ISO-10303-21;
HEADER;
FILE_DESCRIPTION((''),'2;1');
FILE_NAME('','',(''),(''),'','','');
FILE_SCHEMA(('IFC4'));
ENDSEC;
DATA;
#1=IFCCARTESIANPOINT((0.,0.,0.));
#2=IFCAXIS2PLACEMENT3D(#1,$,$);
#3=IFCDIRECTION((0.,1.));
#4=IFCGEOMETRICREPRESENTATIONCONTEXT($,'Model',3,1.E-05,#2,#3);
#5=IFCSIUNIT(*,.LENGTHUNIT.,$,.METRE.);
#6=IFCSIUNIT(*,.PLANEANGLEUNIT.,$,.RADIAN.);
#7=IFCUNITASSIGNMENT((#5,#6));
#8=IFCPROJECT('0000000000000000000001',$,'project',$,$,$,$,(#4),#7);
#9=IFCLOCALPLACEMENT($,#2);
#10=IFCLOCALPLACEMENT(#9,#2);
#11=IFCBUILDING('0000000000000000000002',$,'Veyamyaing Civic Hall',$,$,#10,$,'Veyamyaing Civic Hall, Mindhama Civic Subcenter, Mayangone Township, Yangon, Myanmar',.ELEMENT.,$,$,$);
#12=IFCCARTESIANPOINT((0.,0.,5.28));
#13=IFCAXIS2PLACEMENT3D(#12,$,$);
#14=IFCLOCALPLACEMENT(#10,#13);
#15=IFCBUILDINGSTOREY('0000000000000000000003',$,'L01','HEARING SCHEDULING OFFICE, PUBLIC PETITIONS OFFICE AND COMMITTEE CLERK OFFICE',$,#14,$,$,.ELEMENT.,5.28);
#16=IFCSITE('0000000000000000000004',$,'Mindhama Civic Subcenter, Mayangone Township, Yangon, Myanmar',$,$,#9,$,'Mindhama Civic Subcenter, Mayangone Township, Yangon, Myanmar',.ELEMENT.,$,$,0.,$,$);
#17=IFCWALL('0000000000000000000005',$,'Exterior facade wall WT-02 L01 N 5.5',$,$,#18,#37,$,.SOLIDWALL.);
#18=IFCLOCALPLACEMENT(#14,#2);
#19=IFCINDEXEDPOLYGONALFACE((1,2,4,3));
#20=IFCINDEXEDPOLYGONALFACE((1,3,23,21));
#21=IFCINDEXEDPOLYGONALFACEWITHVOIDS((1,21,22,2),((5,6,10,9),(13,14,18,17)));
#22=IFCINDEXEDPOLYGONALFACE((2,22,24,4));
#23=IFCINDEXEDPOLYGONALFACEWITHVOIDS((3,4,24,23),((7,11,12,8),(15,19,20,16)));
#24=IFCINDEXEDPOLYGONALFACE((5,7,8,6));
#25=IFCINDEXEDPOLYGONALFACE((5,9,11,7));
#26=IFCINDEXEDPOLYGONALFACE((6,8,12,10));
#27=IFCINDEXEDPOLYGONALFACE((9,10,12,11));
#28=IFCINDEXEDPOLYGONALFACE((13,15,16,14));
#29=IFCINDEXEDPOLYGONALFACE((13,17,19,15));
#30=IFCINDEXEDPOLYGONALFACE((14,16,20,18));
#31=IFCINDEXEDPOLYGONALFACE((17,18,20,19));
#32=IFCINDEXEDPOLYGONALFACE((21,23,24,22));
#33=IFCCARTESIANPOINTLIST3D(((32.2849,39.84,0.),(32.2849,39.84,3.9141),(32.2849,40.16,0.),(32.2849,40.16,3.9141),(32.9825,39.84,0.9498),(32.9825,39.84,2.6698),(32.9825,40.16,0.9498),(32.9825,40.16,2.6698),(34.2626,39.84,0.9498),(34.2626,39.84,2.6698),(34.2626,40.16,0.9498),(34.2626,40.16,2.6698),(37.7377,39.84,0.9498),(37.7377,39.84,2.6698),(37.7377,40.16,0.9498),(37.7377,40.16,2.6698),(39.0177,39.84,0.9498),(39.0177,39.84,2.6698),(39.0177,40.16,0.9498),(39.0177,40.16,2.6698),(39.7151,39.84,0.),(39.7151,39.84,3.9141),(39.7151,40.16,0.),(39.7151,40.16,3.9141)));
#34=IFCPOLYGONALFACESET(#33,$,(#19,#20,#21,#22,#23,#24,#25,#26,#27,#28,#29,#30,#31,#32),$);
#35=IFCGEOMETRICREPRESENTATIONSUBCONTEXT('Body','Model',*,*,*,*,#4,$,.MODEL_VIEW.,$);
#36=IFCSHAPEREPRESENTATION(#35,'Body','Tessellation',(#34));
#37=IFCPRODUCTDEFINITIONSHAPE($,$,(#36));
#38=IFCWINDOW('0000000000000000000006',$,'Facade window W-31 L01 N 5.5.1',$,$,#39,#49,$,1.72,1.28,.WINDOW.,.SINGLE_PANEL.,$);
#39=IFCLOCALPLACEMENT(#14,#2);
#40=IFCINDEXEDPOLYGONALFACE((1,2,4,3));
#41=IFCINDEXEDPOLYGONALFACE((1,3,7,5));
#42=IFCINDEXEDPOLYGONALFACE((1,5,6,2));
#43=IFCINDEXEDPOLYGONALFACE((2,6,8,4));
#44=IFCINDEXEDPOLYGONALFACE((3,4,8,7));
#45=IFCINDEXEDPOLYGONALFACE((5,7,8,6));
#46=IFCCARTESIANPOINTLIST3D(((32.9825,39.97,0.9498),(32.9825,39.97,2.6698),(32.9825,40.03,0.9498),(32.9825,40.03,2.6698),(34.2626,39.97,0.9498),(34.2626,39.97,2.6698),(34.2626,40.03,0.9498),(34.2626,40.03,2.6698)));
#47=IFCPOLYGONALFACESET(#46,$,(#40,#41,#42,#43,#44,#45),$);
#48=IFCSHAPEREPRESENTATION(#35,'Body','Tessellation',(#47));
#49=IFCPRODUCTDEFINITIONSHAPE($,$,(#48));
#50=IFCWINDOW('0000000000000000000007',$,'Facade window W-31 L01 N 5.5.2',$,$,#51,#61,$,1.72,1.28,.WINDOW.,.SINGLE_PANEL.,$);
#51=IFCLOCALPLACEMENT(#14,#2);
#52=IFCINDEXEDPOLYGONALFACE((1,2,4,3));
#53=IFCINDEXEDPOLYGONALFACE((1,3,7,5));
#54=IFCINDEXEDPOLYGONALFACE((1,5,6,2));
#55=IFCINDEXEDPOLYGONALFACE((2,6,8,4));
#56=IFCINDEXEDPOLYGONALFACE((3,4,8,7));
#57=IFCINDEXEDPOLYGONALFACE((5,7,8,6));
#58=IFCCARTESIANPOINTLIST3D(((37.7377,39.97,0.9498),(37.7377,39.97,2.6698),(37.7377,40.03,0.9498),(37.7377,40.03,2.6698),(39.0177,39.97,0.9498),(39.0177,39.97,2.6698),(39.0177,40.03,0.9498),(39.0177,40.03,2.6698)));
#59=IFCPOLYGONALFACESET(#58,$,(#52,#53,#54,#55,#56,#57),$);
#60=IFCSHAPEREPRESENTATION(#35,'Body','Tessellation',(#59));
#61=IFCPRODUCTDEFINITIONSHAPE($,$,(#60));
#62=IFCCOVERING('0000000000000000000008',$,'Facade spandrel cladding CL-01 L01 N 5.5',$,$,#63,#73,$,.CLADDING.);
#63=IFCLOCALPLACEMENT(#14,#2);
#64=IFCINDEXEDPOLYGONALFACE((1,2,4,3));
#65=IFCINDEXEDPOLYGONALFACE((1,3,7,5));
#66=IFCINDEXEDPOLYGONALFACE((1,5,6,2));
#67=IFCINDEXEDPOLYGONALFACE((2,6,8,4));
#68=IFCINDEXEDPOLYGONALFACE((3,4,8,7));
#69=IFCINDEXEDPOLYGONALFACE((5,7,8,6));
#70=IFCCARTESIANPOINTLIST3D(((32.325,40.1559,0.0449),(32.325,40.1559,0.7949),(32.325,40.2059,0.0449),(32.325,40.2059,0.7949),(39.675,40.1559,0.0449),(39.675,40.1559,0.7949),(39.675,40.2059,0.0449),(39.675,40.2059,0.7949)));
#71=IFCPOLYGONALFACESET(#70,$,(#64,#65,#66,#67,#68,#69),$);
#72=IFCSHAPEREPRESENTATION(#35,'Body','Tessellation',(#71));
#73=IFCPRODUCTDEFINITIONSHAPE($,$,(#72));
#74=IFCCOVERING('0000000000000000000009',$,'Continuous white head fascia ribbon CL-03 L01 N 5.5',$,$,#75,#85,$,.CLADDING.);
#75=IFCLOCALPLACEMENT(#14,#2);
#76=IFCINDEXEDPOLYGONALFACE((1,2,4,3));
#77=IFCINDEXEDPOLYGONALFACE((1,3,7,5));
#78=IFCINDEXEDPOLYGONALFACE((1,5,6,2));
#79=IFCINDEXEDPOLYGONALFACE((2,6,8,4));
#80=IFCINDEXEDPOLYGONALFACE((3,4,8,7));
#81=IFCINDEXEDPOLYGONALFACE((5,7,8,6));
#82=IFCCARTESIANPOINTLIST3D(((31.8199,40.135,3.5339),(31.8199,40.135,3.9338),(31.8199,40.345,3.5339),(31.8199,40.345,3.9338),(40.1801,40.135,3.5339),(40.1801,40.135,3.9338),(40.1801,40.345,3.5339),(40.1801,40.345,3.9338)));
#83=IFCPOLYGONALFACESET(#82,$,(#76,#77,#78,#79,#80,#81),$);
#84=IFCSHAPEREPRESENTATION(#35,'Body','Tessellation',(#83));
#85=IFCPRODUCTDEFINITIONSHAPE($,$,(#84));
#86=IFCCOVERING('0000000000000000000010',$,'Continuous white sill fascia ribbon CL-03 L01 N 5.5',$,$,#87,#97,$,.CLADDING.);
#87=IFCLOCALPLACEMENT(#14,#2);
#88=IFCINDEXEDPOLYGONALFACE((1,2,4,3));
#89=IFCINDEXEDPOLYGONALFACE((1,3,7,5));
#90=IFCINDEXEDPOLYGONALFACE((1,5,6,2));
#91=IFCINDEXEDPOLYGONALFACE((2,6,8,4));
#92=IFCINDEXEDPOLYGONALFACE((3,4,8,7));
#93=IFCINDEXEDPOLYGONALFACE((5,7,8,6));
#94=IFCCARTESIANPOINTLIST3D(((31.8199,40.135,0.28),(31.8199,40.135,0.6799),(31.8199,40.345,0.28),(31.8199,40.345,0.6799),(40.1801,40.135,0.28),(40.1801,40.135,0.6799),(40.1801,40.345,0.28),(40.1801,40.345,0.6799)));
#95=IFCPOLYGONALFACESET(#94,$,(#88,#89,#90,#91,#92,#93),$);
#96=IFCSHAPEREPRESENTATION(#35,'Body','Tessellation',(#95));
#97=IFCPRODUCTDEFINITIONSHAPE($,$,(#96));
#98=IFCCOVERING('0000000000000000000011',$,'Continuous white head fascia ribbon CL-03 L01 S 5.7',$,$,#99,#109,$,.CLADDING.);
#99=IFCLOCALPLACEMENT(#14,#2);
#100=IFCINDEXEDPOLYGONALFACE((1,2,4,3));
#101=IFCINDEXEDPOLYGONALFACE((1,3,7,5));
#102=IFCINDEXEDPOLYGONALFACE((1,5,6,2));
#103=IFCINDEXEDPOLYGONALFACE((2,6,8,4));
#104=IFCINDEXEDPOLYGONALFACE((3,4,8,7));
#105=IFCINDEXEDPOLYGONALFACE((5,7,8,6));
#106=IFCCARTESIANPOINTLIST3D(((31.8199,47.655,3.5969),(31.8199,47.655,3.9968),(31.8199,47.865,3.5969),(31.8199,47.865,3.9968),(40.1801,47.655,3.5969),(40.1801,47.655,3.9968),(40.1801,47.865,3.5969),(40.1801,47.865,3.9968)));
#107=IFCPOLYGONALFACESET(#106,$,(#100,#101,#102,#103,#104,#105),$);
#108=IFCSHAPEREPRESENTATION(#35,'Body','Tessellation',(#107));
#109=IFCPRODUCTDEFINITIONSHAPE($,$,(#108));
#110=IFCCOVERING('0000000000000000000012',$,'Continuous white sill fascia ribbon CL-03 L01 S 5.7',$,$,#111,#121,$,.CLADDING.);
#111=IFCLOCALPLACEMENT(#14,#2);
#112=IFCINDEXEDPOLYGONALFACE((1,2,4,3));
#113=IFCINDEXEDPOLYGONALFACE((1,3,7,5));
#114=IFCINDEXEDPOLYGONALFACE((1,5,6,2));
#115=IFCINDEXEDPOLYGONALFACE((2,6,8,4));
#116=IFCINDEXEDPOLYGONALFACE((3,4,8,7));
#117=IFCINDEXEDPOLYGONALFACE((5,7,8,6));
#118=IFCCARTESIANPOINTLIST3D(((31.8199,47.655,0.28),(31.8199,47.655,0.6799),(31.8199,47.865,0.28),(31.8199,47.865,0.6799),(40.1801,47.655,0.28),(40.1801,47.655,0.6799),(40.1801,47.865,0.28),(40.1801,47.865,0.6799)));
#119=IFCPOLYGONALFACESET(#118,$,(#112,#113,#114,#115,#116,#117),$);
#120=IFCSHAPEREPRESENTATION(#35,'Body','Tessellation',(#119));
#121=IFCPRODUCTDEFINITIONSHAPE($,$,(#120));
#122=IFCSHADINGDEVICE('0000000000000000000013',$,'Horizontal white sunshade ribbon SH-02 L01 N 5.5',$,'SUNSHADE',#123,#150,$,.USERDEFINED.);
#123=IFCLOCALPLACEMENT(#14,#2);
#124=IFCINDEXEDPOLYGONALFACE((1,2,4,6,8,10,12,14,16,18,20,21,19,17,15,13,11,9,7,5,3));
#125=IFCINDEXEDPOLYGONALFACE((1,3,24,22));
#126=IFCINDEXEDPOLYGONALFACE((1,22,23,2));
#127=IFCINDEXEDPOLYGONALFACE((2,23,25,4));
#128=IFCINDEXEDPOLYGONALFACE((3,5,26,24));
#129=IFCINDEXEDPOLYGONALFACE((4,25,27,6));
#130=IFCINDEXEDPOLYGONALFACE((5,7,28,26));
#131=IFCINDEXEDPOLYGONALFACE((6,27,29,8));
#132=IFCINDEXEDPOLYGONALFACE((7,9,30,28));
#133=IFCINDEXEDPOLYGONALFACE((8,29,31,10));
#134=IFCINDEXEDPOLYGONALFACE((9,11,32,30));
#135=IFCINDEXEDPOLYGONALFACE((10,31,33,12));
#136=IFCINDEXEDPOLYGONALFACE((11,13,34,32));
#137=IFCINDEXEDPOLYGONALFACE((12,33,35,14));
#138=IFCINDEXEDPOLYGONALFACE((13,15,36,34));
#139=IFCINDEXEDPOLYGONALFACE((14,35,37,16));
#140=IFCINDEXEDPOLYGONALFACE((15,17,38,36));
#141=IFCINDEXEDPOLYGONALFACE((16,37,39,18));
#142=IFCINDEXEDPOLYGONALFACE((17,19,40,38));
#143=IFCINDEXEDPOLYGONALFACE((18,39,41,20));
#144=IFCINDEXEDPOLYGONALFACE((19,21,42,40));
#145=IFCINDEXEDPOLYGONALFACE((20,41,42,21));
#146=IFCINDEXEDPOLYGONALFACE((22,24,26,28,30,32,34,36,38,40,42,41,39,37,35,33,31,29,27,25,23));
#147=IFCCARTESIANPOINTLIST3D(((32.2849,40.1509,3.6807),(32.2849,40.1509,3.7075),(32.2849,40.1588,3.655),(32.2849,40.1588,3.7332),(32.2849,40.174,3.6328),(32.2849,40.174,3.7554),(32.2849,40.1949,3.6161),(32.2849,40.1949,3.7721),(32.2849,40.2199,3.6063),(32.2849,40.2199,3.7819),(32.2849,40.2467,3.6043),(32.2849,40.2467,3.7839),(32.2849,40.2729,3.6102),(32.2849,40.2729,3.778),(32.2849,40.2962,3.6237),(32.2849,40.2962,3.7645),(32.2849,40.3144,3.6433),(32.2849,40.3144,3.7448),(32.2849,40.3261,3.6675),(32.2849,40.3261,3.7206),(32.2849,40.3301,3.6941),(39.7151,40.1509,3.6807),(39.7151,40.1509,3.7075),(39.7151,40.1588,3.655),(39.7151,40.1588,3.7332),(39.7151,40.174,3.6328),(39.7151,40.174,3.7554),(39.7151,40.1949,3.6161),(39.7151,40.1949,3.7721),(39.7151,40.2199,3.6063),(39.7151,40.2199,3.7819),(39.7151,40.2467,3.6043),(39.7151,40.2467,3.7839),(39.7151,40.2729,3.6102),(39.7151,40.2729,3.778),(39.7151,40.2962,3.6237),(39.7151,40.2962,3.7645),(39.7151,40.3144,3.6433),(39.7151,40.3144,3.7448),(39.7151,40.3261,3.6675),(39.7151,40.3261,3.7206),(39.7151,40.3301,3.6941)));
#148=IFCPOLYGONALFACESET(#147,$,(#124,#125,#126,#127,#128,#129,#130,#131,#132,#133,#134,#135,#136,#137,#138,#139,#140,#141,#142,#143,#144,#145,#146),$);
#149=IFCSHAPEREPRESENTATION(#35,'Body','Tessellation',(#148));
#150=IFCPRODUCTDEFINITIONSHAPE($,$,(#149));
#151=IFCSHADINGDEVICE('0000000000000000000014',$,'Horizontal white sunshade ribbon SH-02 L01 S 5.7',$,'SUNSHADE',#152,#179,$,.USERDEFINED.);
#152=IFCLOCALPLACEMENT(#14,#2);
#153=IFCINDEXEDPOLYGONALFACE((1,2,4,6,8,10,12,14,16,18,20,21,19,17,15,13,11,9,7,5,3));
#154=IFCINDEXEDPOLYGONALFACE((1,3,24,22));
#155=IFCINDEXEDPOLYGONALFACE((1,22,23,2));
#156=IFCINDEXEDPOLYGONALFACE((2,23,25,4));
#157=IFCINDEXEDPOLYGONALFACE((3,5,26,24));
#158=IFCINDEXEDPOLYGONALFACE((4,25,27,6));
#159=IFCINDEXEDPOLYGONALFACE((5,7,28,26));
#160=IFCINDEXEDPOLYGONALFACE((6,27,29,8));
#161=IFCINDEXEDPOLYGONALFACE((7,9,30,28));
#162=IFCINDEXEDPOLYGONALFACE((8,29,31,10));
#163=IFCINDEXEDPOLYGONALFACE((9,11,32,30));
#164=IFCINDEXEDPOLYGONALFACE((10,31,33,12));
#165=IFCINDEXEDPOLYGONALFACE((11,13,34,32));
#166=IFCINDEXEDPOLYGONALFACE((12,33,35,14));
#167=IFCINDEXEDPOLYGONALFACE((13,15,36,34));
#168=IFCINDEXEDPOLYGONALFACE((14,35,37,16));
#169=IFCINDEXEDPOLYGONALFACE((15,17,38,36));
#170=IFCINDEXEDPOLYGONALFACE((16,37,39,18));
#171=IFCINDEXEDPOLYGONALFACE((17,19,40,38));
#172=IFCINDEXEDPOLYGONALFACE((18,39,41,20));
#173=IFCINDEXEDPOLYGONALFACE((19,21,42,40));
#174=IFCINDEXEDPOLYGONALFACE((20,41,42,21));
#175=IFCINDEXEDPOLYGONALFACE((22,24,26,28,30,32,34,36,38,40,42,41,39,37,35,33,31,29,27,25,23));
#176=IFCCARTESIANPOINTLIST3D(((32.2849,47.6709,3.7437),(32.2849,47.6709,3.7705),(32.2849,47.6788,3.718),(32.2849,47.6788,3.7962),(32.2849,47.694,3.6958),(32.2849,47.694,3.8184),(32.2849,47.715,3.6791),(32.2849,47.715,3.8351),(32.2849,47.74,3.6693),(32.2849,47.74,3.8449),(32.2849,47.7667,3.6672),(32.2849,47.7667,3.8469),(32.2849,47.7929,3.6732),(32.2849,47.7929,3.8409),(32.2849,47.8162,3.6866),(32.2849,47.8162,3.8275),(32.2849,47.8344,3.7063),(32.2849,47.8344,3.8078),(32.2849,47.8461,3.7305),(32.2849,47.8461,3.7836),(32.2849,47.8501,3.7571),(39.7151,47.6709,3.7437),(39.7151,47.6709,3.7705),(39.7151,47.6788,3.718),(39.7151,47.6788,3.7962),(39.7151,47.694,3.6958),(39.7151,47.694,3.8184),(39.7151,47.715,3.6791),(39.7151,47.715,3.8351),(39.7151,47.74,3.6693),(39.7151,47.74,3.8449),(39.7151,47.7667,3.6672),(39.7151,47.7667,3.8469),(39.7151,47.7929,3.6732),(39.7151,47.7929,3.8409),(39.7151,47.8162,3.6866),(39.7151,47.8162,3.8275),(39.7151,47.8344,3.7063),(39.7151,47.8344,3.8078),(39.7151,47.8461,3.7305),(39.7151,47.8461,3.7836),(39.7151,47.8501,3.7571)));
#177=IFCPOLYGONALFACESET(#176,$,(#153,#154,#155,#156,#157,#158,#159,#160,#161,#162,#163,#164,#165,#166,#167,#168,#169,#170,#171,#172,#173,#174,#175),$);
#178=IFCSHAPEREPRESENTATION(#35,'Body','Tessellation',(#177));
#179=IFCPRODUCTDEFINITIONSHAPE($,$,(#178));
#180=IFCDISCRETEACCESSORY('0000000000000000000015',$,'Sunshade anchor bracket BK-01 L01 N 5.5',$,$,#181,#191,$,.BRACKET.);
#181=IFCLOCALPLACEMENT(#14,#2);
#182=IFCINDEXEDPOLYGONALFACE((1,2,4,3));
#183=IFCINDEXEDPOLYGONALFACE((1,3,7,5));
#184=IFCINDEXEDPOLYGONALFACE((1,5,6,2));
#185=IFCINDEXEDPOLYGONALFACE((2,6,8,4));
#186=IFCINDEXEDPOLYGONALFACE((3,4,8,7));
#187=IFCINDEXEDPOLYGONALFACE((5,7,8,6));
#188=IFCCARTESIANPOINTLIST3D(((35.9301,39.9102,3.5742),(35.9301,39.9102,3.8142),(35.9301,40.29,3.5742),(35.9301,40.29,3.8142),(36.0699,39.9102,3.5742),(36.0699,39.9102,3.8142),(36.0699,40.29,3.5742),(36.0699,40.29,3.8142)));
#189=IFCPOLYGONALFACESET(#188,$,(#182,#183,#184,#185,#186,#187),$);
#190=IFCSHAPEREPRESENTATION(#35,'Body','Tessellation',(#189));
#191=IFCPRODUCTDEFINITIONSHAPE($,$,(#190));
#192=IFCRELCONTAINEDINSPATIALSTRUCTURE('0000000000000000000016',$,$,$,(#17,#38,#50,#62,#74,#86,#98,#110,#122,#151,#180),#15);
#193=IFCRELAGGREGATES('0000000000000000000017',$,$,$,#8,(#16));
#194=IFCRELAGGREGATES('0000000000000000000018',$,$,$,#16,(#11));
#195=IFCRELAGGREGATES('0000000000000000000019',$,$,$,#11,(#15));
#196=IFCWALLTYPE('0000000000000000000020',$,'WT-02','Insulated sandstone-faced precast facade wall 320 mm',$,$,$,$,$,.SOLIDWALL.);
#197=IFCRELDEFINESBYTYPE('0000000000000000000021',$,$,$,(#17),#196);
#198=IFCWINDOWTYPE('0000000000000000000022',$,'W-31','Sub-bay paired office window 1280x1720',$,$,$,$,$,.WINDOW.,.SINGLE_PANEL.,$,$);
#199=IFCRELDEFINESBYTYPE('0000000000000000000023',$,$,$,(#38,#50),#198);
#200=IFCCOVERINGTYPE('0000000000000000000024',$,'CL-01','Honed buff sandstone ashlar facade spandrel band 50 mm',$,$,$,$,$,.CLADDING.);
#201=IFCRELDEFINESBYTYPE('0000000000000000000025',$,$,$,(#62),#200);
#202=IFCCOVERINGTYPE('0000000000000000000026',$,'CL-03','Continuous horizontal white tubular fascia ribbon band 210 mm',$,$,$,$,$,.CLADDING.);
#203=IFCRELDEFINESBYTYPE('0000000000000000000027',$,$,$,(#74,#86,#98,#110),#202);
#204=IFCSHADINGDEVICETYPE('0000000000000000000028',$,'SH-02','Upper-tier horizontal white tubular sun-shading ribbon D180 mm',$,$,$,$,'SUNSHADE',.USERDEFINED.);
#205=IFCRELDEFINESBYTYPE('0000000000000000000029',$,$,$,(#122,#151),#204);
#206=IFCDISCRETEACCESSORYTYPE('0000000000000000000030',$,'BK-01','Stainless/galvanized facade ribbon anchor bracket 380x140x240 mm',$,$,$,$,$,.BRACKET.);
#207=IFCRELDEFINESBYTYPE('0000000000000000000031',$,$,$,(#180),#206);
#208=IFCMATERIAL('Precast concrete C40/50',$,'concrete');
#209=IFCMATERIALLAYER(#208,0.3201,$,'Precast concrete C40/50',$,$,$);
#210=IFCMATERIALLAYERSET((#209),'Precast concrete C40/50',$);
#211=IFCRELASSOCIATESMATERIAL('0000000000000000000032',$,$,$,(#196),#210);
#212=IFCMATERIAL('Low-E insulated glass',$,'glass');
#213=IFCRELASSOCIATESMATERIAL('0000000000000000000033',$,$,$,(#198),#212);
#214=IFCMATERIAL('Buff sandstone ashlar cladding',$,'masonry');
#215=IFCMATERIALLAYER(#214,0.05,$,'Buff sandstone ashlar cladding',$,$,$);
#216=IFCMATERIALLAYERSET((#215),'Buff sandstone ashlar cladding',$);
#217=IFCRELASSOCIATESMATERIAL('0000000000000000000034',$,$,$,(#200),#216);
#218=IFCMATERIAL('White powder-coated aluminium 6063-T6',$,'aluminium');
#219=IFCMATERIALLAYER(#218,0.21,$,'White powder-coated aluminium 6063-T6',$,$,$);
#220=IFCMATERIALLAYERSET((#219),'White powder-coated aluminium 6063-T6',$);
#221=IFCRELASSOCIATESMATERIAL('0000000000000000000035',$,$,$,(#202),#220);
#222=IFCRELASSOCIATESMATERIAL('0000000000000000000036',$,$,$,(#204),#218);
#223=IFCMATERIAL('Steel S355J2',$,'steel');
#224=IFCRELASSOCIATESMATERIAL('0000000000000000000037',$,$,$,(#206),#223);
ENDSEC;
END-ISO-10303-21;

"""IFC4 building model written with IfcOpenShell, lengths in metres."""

from ifc_helpers import new_model, si_unit, direction, frame, frame_2d, origin, origin_2d, place, context, subcontext, project, spatial, rectangle, circle, extrude, material, layer, layer_set, material_profile, profile_set, type_object, element, fill, save


model = new_model("IFC4")

# Units and contexts
model_context = context("Model", 3, precision=1e-05, world=origin(), true_north=direction((0.0, 1.0)))
body_context = subcontext(model_context, "Body", "Model", "MODEL_VIEW")
ifc_project = project(units=[si_unit("LENGTHUNIT", "METRE"), si_unit("PLANEANGLEUNIT", "RADIAN")], contexts=[model_context])

# Site, building, storey
site_placement = place(None, origin())
site = spatial("IfcSite", under=ifc_project, at=site_placement, Name="Mindhama Civic Subcenter, Mayangone Township, Yangon, Myanmar", LongName="Mindhama Civic Subcenter, Mayangone Township, Yangon, Myanmar", CompositionType="ELEMENT", RefElevation=0.0)
building_placement = place(site_placement, origin())
building = spatial("IfcBuilding", under=site, at=building_placement, Name="Veyamyaing Civic Hall", LongName="Veyamyaing Civic Hall, Mindhama Civic Subcenter, Mayangone Township, Yangon, Myanmar", CompositionType="ELEMENT")
storey_placement = place(building_placement, frame((0.0, 0.0, 5.28)))
storey = spatial("IfcBuildingStorey", under=building, at=storey_placement, Name="L01", Description="HEARING SCHEDULING OFFICE, PUBLIC PETITIONS OFFICE AND COMMITTEE CLERK OFFICE", CompositionType="ELEMENT", Elevation=5.28)

# Shared definitions
ifc_material_1 = material(Name="Low-E insulated glass", Category="glass")

# Wall, openings, windows
ifc_material_2 = material(Name="Precast concrete C40/50", Category="concrete")
ifc_layer_1 = layer(ifc_material_2, 0.3201, Name="Precast concrete C40/50")
ifc_layer_set_1 = layer_set([ifc_layer_1], Name="Precast concrete C40/50")
wall_type = type_object("IfcWallType", Name="WT-02", Description="Insulated sandstone-faced precast facade wall 320 mm", PredefinedType="SOLIDWALL", material=ifc_layer_set_1)
wall_placement = place(storey_placement, frame((32.2849, 40.0, 0.0), z_axis=(0.0, 0.0, 1.0), x_axis=(1.0, 0.0, 0.0)))
wall = element("IfcWall", 1, at=wall_placement, inside=storey, type_object=wall_type, Name="Exterior facade wall WT-02 L01 N 5.5", PredefinedType="SOLIDWALL", context=body_context, shape_type="SweptSolid", body=[
    extrude(rectangle(XDim=7.4302, YDim=0.3201, at=frame_2d((3.7151, 0.0))), origin(), (0.0, 0.0, 1.0), 3.9141),
])
opening_1_placement = place(wall_placement, frame((0.6975, 0.0, 0.95)))
opening_1 = element("IfcOpeningElement", 2, at=opening_1_placement, cuts=wall, PredefinedType="OPENING", context=body_context, shape_type="SweptSolid", body=[
    extrude(rectangle(XDim=1.28, YDim=1.72, at=frame_2d((0.6401, 0.8599))), frame((0.0, 0.1699, 0.0), z_axis=(0.0, -1.0, 0.0), x_axis=(1.0, 0.0, 0.0)), (0.0, 0.0, 1.0), 0.3401),
])
opening_2_placement = place(wall_placement, frame((5.4526, 0.0, 0.95)))
opening_2 = element("IfcOpeningElement", 3, at=opening_2_placement, cuts=wall, PredefinedType="OPENING", context=body_context, shape_type="SweptSolid", body=[
    extrude(rectangle(XDim=1.28, YDim=1.72, at=frame_2d((0.6401, 0.8599))), frame((0.0, 0.1699, 0.0), z_axis=(0.0, -1.0, 0.0), x_axis=(1.0, 0.0, 0.0)), (0.0, 0.0, 1.0), 0.3401),
])
window_type = type_object("IfcWindowType", Name="W-31", Description="Sub-bay paired office window 1280x1720", PartitioningType="SINGLE_PANEL", PredefinedType="WINDOW", material=ifc_material_1)
window_1_placement = place(opening_1_placement, origin())
window_1 = element("IfcWindow", 4, at=window_1_placement, inside=storey, type_object=window_type, Name="Facade window W-31 L01 N 5.5.1", OverallHeight=1.72, OverallWidth=1.28, PartitioningType="SINGLE_PANEL", PredefinedType="WINDOW", context=body_context, shape_type="SweptSolid", body=[
    extrude(rectangle(XDim=1.28, YDim=1.72, at=frame_2d((0.6401, 0.8599))), frame((0.0, 0.03, 0.0), z_axis=(0.0, -1.0, 0.0), x_axis=(1.0, 0.0, 0.0)), (0.0, 0.0, 1.0), 0.0601),
])
fill(opening_1, window_1)
window_2_placement = place(opening_2_placement, origin())
window_2 = element("IfcWindow", 5, at=window_2_placement, inside=storey, type_object=window_type, Name="Facade window W-31 L01 N 5.5.2", OverallHeight=1.72, OverallWidth=1.28, PartitioningType="SINGLE_PANEL", PredefinedType="WINDOW", context=body_context, shape_type="SweptSolid", body=[
    extrude(rectangle(XDim=1.28, YDim=1.72, at=frame_2d((0.6401, 0.8599))), frame((0.0, 0.03, 0.0), z_axis=(0.0, -1.0, 0.0), x_axis=(1.0, 0.0, 0.0)), (0.0, 0.0, 1.0), 0.0601),
])
fill(opening_2, window_2)

# Coverings
ifc_material_3 = material(Name="Buff sandstone ashlar cladding", Category="masonry")
ifc_layer_2 = layer(ifc_material_3, 0.05, Name="Buff sandstone ashlar cladding")
ifc_layer_set_2 = layer_set([ifc_layer_2], Name="Buff sandstone ashlar cladding")
covering_type_1 = type_object("IfcCoveringType", Name="CL-01", Description="Honed buff sandstone ashlar facade spandrel band 50 mm", PredefinedType="CLADDING", material=ifc_layer_set_2)
covering_placement = place(storey_placement, frame((36.0, 40.1809, 0.0449), z_axis=(0.0, 0.0, 1.0), x_axis=(1.0, 0.0, 0.0)))
element("IfcCovering", 6, at=covering_placement, inside=storey, type_object=covering_type_1, Name="Facade spandrel cladding CL-01 L01 N 5.5", PredefinedType="CLADDING", context=body_context, shape_type="SweptSolid", body=[
    extrude(rectangle(XDim=7.3501, YDim=0.05, at=origin_2d()), origin(), (0.0, 0.0, 1.0), 0.75),
])
ifc_material_4 = material(Name="White powder-coated aluminium 6063-T6", Category="aluminium")
ifc_layer_3 = layer(ifc_material_4, 0.21, Name="White powder-coated aluminium 6063-T6")
ifc_layer_set_3 = layer_set([ifc_layer_3], Name="White powder-coated aluminium 6063-T6")
covering_type_2 = type_object("IfcCoveringType", Name="CL-03", Description="Continuous horizontal white tubular fascia ribbon band 210 mm", PredefinedType="CLADDING", material=ifc_layer_set_3)
for number, where, z_axis, x_axis, name in (
    (7, (36.0, 40.24, 3.5339), (0.0, 0.0, 1.0), (1.0, 0.0, 0.0), "Continuous white head fascia ribbon CL-03 L01 N 5.5"),
    (8, (36.0, 40.24, 0.28), (0.0, 0.0, 1.0), (1.0, 0.0, 0.0), "Continuous white sill fascia ribbon CL-03 L01 N 5.5"),
    (9, (36.0, 47.76, 3.5969), (0.0, 0.0, 1.0), (1.0, 0.0, 0.0), "Continuous white head fascia ribbon CL-03 L01 S 5.7"),
    (10, (36.0, 47.76, 0.28), (0.0, 0.0, 1.0), (1.0, 0.0, 0.0), "Continuous white sill fascia ribbon CL-03 L01 S 5.7"),
):
    element("IfcCovering", number, at=place(storey_placement, frame(where, z_axis=z_axis, x_axis=x_axis)), inside=storey, type_object=covering_type_2, Name=name, PredefinedType="CLADDING", context=body_context, shape_type="SweptSolid", body=[
        extrude(rectangle(XDim=8.3601, YDim=0.21, at=origin_2d()), origin(), (0.0, 0.0, 1.0), 0.3999),
    ])

# Shading devices
ifc_material_profile_1 = material_profile(ifc_material_4, circle(Radius=0.0901, at=origin_2d()), Name="SHADE-TUBE-180")
ifc_profile_set_1 = profile_set([ifc_material_profile_1], Name="White powder-coated aluminium 6063-T6")
shading_device_type = type_object("IfcShadingDeviceType", Name="SH-02", Description="Upper-tier horizontal white tubular sun-shading ribbon D180 mm", ElementType="SUNSHADE", PredefinedType="USERDEFINED", material=ifc_profile_set_1)
for number, where, z_axis, x_axis, name in (
    (11, (32.2849, 40.24, 3.6941), (1.0, 0.0, 0.0), (0.0, 1.0, 0.0), "Horizontal white sunshade ribbon SH-02 L01 N 5.5"),
    (12, (32.2849, 47.76, 3.7571), (1.0, 0.0, 0.0), (0.0, 1.0, 0.0), "Horizontal white sunshade ribbon SH-02 L01 S 5.7"),
):
    element("IfcShadingDevice", number, at=place(storey_placement, frame(where, z_axis=z_axis, x_axis=x_axis)), inside=storey, type_object=shading_device_type, Name=name, ObjectType="SUNSHADE", PredefinedType="USERDEFINED", context=body_context, shape_type="SweptSolid", body=[
        extrude(circle(Radius=0.0901, at=origin_2d()), origin(), (0.0, 0.0, 1.0), 7.4302),
    ])

# Discrete accessory
ifc_material_5 = material(Name="Steel S355J2", Category="steel")
discrete_accessory_type = type_object("IfcDiscreteAccessoryType", Name="BK-01", Description="Stainless/galvanized facade ribbon anchor bracket 380x140x240 mm", PredefinedType="BRACKET", material=ifc_material_5)
for number, where, z_axis, x_axis, name in (
    (13, (36.0, 40.1001, 3.5742), (0.0, 0.0, 1.0), (0.0, 1.0, 0.0), "Sunshade anchor bracket BK-01 L01 N 5.5"),
):
    element("IfcDiscreteAccessory", number, at=place(storey_placement, frame(where, z_axis=z_axis, x_axis=x_axis)), inside=storey, type_object=discrete_accessory_type, Name=name, PredefinedType="BRACKET", context=body_context, shape_type="SweptSolid", body=[
        extrude(rectangle(XDim=0.3799, YDim=0.1399, at=origin_2d()), origin(), (0.0, 0.0, 1.0), 0.24),
    ])

save(model, "model.ifc")
